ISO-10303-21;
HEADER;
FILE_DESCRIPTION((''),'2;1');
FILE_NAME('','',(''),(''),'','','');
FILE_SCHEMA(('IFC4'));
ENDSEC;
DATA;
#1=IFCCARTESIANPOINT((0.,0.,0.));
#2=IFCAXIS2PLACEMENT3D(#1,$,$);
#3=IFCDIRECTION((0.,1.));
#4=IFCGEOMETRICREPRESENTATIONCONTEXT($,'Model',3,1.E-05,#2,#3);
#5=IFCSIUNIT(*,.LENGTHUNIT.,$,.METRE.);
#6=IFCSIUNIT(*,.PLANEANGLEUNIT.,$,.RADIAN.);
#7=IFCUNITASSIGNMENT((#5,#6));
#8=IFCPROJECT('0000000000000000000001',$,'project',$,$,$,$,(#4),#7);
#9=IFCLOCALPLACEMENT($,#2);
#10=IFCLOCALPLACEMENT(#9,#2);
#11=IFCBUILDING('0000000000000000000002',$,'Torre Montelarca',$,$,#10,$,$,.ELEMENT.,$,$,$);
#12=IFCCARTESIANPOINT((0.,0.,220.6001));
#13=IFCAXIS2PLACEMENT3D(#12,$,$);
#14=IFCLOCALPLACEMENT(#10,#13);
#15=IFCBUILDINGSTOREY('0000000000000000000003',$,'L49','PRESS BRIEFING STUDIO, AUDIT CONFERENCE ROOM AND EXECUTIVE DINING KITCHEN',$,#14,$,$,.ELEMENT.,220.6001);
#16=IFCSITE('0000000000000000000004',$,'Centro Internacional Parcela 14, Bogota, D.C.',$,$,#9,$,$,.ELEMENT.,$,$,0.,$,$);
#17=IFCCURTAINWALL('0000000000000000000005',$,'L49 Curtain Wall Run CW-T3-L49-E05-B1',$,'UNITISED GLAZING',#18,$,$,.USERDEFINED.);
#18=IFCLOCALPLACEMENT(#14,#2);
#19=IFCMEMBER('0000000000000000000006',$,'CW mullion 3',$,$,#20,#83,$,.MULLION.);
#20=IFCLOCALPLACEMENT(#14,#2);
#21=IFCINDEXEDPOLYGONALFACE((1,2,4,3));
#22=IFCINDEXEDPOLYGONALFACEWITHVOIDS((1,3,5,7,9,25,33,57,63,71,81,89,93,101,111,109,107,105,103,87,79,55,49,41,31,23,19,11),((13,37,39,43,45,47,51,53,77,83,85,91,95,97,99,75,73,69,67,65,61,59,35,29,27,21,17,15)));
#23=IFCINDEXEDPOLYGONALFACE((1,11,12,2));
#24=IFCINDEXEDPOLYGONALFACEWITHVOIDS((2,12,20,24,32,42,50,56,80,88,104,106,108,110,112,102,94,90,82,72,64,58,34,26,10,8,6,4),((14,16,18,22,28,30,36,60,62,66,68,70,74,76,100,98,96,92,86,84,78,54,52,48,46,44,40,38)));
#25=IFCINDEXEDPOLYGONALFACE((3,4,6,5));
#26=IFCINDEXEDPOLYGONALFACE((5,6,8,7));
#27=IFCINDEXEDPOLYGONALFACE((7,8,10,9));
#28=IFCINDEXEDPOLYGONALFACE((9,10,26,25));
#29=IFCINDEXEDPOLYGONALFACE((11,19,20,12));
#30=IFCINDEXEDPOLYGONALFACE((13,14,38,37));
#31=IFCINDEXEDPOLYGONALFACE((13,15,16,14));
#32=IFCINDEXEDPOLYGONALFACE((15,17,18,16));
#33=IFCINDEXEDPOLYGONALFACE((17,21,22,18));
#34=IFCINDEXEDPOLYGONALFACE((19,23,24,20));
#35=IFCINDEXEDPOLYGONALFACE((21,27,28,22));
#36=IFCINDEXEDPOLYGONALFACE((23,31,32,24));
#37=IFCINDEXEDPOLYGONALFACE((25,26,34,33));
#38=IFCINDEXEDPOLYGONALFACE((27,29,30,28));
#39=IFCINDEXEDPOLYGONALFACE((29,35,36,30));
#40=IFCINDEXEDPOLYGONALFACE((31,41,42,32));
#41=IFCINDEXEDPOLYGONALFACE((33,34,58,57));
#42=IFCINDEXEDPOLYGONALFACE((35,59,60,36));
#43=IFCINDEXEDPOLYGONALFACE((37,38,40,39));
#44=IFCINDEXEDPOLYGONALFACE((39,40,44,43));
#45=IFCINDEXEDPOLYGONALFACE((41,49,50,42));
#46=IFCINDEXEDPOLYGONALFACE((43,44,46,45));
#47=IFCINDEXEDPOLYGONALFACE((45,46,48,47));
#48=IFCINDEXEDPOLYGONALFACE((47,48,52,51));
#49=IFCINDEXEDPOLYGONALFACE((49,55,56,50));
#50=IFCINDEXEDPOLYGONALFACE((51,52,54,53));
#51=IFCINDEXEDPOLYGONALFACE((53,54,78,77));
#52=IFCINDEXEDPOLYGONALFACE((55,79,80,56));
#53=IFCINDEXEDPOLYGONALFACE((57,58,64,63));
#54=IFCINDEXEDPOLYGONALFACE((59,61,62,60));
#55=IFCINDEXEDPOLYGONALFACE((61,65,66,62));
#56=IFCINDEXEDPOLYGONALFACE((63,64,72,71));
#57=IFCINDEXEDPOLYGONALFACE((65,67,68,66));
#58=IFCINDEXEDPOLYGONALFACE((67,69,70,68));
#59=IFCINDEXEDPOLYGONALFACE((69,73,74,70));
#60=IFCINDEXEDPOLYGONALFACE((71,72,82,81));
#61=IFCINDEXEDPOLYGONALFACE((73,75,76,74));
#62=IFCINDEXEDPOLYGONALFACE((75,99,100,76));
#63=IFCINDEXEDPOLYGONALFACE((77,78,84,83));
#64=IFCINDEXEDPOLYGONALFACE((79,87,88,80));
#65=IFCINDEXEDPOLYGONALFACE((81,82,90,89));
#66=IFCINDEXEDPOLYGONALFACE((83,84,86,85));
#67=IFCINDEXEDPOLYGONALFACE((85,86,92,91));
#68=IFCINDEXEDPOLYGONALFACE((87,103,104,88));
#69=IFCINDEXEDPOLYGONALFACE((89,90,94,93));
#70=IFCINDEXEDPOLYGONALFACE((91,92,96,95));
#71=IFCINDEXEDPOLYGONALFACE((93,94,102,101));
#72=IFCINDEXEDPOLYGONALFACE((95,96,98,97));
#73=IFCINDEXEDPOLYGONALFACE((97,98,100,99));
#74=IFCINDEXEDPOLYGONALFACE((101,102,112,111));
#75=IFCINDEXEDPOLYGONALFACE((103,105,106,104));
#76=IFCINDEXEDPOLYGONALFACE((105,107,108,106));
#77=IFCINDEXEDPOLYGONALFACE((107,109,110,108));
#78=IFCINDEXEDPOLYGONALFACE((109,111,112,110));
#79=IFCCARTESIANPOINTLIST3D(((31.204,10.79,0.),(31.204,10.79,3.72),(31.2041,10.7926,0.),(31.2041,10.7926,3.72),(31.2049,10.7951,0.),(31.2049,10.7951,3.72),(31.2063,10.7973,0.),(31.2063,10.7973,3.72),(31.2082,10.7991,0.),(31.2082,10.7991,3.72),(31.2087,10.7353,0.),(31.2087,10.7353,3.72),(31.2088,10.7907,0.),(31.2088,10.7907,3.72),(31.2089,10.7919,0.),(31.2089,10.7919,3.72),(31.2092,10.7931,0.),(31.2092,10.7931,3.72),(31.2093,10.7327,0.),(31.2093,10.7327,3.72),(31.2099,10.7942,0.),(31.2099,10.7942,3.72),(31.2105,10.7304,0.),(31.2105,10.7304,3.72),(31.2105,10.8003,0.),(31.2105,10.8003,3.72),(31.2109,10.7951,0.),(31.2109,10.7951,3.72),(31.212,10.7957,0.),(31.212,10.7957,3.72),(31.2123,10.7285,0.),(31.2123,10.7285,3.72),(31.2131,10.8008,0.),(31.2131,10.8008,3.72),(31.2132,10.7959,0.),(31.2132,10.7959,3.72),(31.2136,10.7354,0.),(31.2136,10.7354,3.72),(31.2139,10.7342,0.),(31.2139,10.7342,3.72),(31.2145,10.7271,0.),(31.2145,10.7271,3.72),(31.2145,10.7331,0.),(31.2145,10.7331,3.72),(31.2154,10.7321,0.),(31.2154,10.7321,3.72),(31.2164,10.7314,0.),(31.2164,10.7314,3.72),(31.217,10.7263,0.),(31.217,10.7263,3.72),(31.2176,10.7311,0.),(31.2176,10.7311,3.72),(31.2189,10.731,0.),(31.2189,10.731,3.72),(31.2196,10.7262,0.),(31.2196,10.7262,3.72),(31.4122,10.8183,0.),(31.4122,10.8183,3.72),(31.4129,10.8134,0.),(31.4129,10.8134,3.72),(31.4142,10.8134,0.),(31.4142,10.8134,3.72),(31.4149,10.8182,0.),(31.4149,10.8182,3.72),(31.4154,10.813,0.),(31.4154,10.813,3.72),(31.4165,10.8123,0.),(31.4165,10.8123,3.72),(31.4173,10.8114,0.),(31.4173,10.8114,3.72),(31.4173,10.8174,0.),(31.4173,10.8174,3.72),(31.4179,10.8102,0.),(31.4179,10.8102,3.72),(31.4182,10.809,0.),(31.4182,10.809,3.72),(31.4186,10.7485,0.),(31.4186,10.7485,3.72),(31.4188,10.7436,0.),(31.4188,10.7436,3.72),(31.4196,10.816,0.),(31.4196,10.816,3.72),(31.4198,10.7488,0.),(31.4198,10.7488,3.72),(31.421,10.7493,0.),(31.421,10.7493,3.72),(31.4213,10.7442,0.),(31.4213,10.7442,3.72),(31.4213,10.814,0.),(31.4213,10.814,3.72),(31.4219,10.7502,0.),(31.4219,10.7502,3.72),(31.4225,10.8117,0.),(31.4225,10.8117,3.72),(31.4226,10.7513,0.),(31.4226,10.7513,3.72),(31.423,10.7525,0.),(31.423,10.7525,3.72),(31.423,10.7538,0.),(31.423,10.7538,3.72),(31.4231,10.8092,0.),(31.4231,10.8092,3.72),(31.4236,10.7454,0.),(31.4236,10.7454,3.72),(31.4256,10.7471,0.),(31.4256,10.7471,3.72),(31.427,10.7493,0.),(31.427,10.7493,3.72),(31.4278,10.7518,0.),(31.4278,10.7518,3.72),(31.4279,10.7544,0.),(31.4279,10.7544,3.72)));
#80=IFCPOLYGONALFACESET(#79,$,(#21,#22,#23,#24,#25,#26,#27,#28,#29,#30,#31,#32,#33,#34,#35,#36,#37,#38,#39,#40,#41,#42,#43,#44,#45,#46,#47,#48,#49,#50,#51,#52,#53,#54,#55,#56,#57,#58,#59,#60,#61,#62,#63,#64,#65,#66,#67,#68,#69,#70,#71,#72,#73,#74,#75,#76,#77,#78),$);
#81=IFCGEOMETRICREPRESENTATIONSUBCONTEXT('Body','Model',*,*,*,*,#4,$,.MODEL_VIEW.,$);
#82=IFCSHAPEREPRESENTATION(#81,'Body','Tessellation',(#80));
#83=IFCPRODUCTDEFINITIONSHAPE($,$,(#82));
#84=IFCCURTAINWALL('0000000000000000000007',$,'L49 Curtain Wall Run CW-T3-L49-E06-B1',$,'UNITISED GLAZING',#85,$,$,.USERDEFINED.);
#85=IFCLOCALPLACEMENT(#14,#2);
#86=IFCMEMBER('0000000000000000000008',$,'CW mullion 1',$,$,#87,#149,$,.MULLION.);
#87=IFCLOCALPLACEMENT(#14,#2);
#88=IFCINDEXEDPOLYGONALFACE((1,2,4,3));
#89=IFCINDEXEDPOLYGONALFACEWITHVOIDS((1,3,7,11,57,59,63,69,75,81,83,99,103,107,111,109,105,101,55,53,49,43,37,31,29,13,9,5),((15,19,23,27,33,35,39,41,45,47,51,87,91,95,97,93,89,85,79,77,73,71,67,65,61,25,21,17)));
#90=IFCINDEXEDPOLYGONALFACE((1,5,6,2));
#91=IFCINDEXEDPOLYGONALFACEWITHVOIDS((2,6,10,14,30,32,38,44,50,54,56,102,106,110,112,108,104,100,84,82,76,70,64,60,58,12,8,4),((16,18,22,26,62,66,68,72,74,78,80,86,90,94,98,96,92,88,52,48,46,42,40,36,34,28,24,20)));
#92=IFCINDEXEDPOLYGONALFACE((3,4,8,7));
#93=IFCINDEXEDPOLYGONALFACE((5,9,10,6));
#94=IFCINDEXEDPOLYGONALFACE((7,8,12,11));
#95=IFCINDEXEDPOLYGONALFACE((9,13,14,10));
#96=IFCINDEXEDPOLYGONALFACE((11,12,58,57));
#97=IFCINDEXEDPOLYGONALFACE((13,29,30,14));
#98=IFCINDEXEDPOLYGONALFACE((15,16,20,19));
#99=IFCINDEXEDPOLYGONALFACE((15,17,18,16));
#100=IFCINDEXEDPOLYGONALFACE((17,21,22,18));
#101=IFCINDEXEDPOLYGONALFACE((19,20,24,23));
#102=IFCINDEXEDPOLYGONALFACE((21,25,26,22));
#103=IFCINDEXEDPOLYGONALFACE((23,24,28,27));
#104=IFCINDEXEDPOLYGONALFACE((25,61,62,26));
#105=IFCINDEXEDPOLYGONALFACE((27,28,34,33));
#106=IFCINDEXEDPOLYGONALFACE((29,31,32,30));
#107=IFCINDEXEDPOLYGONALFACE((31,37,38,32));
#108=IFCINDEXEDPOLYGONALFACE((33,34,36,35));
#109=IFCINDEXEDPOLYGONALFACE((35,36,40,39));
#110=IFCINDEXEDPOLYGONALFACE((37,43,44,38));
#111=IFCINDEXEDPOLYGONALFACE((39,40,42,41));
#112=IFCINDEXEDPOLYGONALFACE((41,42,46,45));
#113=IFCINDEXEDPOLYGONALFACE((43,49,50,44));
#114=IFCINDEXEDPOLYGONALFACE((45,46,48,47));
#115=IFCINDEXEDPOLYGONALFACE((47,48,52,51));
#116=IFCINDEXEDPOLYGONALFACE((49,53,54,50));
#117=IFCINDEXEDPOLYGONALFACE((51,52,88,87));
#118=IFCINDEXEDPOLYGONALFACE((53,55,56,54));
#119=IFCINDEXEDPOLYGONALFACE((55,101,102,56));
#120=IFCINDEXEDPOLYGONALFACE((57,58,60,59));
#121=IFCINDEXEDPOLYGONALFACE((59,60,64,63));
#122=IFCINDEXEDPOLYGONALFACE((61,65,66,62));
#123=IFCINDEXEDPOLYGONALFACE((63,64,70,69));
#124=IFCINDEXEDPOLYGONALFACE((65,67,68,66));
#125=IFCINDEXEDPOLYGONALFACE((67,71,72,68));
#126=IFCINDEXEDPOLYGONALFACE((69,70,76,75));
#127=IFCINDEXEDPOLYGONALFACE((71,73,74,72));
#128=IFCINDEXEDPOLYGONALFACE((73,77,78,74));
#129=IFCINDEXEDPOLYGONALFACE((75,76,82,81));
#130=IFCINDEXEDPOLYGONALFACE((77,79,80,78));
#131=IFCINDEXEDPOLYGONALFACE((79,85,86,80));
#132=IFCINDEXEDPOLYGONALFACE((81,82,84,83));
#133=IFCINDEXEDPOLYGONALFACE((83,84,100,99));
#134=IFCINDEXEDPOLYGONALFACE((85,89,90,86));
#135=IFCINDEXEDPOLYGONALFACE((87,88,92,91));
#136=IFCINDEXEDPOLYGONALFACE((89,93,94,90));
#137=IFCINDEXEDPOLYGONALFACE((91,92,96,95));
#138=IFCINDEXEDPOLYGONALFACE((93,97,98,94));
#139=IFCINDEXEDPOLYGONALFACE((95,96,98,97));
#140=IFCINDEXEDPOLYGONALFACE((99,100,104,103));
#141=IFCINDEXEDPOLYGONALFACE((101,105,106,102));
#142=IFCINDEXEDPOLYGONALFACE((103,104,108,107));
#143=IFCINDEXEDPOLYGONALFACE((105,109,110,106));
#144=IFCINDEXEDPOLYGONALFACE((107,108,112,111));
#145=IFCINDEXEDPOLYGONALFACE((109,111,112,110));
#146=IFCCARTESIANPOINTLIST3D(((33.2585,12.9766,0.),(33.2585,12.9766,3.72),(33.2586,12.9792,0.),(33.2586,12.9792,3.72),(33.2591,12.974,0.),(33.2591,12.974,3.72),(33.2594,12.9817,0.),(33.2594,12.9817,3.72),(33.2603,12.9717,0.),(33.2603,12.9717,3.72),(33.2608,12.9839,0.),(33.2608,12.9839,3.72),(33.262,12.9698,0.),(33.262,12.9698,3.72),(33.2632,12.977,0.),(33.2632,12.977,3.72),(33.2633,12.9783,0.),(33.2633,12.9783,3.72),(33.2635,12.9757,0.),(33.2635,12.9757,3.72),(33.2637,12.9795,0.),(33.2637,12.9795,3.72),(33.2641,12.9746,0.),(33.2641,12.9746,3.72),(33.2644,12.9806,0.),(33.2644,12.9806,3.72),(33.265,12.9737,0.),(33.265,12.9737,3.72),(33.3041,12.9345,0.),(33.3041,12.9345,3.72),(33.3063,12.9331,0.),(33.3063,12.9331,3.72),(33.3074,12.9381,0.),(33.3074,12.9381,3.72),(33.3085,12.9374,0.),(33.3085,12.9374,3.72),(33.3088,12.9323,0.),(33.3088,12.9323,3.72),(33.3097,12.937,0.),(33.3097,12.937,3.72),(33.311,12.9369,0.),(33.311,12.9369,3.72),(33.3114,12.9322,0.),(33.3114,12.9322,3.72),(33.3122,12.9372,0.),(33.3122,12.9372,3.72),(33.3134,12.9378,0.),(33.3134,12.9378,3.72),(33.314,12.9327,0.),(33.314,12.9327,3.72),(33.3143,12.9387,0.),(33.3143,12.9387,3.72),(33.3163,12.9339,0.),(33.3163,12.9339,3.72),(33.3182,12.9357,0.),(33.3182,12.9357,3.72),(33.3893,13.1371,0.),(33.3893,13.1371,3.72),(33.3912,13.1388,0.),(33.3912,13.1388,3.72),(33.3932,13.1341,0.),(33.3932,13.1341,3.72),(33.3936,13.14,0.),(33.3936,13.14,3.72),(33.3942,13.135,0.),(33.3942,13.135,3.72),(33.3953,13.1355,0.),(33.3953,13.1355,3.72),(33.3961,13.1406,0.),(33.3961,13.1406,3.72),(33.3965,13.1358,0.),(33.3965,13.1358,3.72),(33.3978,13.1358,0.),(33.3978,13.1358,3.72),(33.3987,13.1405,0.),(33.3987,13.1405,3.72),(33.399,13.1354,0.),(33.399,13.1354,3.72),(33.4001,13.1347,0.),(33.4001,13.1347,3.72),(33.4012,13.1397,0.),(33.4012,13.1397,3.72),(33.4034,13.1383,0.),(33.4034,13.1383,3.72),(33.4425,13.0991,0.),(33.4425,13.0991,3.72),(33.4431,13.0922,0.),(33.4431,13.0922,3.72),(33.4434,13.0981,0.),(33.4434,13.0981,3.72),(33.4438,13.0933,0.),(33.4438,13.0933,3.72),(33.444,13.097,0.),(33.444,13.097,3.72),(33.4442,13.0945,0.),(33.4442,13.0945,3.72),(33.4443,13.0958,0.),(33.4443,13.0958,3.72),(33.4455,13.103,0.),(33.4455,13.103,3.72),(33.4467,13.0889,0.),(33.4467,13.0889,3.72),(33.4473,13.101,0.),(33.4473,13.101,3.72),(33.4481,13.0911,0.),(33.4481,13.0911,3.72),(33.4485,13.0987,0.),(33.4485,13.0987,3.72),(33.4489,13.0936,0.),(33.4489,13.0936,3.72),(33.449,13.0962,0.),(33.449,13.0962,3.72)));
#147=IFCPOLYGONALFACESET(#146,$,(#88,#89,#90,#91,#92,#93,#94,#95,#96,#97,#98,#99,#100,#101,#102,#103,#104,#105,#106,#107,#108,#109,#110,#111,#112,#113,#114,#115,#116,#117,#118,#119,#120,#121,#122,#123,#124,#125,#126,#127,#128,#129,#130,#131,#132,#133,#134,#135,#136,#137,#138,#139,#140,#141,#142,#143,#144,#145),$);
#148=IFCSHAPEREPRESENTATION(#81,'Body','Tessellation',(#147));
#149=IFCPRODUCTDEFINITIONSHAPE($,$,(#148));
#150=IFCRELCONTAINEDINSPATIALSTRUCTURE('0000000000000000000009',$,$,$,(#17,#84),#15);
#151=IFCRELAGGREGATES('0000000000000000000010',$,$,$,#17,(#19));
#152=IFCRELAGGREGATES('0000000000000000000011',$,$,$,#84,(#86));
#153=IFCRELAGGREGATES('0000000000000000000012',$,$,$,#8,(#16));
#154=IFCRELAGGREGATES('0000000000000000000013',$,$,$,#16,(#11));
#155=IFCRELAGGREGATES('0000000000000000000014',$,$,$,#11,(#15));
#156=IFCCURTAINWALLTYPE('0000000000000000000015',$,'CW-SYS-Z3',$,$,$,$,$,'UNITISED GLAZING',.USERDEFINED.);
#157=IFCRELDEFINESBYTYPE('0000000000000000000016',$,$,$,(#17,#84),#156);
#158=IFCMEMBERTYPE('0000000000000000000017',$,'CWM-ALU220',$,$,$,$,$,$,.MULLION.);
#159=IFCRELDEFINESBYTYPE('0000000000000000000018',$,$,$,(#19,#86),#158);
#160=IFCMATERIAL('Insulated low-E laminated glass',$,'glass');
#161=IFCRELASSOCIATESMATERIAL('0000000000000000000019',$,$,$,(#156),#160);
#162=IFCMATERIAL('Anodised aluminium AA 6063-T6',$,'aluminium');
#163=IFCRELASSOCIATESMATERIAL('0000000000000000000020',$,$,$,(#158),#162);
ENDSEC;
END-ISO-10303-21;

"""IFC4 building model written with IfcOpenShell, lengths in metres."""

from ifc_helpers import new_model, si_unit, direction, frame, origin, origin_2d, place, context, subcontext, project, spatial, hollow_rectangle, extrude, source, transform, mapped, material, material_profile, profile_set, type_object, element, aggregate, save


model = new_model("IFC4")

# Units and contexts
model_context = context("Model", 3, precision=1e-05, world=origin(), true_north=direction((0.0, 1.0)))
body_context = subcontext(model_context, "Body", "Model", "MODEL_VIEW")
ifc_project = project(units=[si_unit("LENGTHUNIT", "METRE"), si_unit("PLANEANGLEUNIT", "RADIAN")], contexts=[model_context])

# Site, building, storey
site_placement = place(None, origin())
site = spatial("IfcSite", under=ifc_project, at=site_placement, Name="Centro Internacional Parcela 14, Bogota, D.C.", CompositionType="ELEMENT", RefElevation=0.0)
building_placement = place(site_placement, origin())
building = spatial("IfcBuilding", under=site, at=building_placement, Name="Torre Montelarca", CompositionType="ELEMENT")
storey_placement = place(building_placement, frame((0.0, 0.0, 220.6001)))
storey = spatial("IfcBuildingStorey", under=building, at=storey_placement, Name="L49", Description="PRESS BRIEFING STUDIO, AUDIT CONFERENCE ROOM AND EXECUTIVE DINING KITCHEN", CompositionType="ELEMENT", Elevation=220.6001)

# Curtain wall
ifc_material_1 = material(Name="Insulated low-E laminated glass", Category="glass")
curtain_wall_type = type_object("IfcCurtainWallType", Name="CW-SYS-Z3", ElementType="UNITISED GLAZING", PredefinedType="USERDEFINED", material=ifc_material_1)
curtain_wall_1_placement = place(storey_placement, origin())
curtain_wall_1 = element("IfcCurtainWall", 1, at=curtain_wall_1_placement, inside=storey, type_object=curtain_wall_type, Name="L49 Curtain Wall Run CW-T3-L49-E05-B1", ObjectType="UNITISED GLAZING", PredefinedType="USERDEFINED")
ifc_material_2 = material(Name="Anodised aluminium AA 6063-T6", Category="aluminium")

# Member
ifc_material_profile_1 = material_profile(ifc_material_2, hollow_rectangle(XDim=0.075, YDim=0.22, WallThickness=0.0049, InnerFilletRadius=0.0049, OuterFilletRadius=0.01, at=origin_2d()), Name="ALU75X220X5", Category="aluminium")
ifc_profile_set_1 = profile_set([ifc_material_profile_1], Name="Anodised aluminium AA 6063-T6")
member_type_1 = type_object("IfcMemberType", Name="CWM-ALU220", PredefinedType="MULLION", material=ifc_profile_set_1)
shared_shape_1 = source(origin(), body_context, "Body", "SweptSolid", [
    extrude(hollow_rectangle(XDim=0.075, YDim=0.22, WallThickness=0.0049, InnerFilletRadius=0.0049, OuterFilletRadius=0.01, at=origin_2d()), origin(), (0.0, 0.0, 1.0), 3.72),
])
member_1_placement = place(storey_placement, frame((31.3159, 10.7722, 0.0), z_axis=(0.0, 0.0, 1.0), x_axis=(-0.087181, 0.996192, 0.0)))
member_1 = element("IfcMember", 2, at=member_1_placement, type_object=member_type_1, Name="CW mullion 3", PredefinedType="MULLION", context=body_context, shape_type="MappedRepresentation", body=[
    mapped(shared_shape_1, transform((0.0, 0.0, 0.0), scale=1.0)),
])

# Curtain wall, member
curtain_wall_2_placement = place(storey_placement, origin())
curtain_wall_2 = element("IfcCurtainWall", 3, at=curtain_wall_2_placement, inside=storey, type_object=curtain_wall_type, Name="L49 Curtain Wall Run CW-T3-L49-E06-B1", ObjectType="UNITISED GLAZING", PredefinedType="USERDEFINED")
member_2_placement = place(storey_placement, frame((33.3538, 13.0364, 0.0), z_axis=(0.0, 0.0, 1.0), x_axis=(-0.766046, 0.642785, 0.0)))
member_2 = element("IfcMember", 4, at=member_2_placement, type_object=member_type_1, Name="CW mullion 1", PredefinedType="MULLION", context=body_context, shape_type="MappedRepresentation", body=[
    mapped(shared_shape_1, transform((0.0, 0.0, 0.0), scale=1.0)),
])

aggregate(curtain_wall_1, [member_1])
aggregate(curtain_wall_2, [member_2])

save(model, "model.ifc")
